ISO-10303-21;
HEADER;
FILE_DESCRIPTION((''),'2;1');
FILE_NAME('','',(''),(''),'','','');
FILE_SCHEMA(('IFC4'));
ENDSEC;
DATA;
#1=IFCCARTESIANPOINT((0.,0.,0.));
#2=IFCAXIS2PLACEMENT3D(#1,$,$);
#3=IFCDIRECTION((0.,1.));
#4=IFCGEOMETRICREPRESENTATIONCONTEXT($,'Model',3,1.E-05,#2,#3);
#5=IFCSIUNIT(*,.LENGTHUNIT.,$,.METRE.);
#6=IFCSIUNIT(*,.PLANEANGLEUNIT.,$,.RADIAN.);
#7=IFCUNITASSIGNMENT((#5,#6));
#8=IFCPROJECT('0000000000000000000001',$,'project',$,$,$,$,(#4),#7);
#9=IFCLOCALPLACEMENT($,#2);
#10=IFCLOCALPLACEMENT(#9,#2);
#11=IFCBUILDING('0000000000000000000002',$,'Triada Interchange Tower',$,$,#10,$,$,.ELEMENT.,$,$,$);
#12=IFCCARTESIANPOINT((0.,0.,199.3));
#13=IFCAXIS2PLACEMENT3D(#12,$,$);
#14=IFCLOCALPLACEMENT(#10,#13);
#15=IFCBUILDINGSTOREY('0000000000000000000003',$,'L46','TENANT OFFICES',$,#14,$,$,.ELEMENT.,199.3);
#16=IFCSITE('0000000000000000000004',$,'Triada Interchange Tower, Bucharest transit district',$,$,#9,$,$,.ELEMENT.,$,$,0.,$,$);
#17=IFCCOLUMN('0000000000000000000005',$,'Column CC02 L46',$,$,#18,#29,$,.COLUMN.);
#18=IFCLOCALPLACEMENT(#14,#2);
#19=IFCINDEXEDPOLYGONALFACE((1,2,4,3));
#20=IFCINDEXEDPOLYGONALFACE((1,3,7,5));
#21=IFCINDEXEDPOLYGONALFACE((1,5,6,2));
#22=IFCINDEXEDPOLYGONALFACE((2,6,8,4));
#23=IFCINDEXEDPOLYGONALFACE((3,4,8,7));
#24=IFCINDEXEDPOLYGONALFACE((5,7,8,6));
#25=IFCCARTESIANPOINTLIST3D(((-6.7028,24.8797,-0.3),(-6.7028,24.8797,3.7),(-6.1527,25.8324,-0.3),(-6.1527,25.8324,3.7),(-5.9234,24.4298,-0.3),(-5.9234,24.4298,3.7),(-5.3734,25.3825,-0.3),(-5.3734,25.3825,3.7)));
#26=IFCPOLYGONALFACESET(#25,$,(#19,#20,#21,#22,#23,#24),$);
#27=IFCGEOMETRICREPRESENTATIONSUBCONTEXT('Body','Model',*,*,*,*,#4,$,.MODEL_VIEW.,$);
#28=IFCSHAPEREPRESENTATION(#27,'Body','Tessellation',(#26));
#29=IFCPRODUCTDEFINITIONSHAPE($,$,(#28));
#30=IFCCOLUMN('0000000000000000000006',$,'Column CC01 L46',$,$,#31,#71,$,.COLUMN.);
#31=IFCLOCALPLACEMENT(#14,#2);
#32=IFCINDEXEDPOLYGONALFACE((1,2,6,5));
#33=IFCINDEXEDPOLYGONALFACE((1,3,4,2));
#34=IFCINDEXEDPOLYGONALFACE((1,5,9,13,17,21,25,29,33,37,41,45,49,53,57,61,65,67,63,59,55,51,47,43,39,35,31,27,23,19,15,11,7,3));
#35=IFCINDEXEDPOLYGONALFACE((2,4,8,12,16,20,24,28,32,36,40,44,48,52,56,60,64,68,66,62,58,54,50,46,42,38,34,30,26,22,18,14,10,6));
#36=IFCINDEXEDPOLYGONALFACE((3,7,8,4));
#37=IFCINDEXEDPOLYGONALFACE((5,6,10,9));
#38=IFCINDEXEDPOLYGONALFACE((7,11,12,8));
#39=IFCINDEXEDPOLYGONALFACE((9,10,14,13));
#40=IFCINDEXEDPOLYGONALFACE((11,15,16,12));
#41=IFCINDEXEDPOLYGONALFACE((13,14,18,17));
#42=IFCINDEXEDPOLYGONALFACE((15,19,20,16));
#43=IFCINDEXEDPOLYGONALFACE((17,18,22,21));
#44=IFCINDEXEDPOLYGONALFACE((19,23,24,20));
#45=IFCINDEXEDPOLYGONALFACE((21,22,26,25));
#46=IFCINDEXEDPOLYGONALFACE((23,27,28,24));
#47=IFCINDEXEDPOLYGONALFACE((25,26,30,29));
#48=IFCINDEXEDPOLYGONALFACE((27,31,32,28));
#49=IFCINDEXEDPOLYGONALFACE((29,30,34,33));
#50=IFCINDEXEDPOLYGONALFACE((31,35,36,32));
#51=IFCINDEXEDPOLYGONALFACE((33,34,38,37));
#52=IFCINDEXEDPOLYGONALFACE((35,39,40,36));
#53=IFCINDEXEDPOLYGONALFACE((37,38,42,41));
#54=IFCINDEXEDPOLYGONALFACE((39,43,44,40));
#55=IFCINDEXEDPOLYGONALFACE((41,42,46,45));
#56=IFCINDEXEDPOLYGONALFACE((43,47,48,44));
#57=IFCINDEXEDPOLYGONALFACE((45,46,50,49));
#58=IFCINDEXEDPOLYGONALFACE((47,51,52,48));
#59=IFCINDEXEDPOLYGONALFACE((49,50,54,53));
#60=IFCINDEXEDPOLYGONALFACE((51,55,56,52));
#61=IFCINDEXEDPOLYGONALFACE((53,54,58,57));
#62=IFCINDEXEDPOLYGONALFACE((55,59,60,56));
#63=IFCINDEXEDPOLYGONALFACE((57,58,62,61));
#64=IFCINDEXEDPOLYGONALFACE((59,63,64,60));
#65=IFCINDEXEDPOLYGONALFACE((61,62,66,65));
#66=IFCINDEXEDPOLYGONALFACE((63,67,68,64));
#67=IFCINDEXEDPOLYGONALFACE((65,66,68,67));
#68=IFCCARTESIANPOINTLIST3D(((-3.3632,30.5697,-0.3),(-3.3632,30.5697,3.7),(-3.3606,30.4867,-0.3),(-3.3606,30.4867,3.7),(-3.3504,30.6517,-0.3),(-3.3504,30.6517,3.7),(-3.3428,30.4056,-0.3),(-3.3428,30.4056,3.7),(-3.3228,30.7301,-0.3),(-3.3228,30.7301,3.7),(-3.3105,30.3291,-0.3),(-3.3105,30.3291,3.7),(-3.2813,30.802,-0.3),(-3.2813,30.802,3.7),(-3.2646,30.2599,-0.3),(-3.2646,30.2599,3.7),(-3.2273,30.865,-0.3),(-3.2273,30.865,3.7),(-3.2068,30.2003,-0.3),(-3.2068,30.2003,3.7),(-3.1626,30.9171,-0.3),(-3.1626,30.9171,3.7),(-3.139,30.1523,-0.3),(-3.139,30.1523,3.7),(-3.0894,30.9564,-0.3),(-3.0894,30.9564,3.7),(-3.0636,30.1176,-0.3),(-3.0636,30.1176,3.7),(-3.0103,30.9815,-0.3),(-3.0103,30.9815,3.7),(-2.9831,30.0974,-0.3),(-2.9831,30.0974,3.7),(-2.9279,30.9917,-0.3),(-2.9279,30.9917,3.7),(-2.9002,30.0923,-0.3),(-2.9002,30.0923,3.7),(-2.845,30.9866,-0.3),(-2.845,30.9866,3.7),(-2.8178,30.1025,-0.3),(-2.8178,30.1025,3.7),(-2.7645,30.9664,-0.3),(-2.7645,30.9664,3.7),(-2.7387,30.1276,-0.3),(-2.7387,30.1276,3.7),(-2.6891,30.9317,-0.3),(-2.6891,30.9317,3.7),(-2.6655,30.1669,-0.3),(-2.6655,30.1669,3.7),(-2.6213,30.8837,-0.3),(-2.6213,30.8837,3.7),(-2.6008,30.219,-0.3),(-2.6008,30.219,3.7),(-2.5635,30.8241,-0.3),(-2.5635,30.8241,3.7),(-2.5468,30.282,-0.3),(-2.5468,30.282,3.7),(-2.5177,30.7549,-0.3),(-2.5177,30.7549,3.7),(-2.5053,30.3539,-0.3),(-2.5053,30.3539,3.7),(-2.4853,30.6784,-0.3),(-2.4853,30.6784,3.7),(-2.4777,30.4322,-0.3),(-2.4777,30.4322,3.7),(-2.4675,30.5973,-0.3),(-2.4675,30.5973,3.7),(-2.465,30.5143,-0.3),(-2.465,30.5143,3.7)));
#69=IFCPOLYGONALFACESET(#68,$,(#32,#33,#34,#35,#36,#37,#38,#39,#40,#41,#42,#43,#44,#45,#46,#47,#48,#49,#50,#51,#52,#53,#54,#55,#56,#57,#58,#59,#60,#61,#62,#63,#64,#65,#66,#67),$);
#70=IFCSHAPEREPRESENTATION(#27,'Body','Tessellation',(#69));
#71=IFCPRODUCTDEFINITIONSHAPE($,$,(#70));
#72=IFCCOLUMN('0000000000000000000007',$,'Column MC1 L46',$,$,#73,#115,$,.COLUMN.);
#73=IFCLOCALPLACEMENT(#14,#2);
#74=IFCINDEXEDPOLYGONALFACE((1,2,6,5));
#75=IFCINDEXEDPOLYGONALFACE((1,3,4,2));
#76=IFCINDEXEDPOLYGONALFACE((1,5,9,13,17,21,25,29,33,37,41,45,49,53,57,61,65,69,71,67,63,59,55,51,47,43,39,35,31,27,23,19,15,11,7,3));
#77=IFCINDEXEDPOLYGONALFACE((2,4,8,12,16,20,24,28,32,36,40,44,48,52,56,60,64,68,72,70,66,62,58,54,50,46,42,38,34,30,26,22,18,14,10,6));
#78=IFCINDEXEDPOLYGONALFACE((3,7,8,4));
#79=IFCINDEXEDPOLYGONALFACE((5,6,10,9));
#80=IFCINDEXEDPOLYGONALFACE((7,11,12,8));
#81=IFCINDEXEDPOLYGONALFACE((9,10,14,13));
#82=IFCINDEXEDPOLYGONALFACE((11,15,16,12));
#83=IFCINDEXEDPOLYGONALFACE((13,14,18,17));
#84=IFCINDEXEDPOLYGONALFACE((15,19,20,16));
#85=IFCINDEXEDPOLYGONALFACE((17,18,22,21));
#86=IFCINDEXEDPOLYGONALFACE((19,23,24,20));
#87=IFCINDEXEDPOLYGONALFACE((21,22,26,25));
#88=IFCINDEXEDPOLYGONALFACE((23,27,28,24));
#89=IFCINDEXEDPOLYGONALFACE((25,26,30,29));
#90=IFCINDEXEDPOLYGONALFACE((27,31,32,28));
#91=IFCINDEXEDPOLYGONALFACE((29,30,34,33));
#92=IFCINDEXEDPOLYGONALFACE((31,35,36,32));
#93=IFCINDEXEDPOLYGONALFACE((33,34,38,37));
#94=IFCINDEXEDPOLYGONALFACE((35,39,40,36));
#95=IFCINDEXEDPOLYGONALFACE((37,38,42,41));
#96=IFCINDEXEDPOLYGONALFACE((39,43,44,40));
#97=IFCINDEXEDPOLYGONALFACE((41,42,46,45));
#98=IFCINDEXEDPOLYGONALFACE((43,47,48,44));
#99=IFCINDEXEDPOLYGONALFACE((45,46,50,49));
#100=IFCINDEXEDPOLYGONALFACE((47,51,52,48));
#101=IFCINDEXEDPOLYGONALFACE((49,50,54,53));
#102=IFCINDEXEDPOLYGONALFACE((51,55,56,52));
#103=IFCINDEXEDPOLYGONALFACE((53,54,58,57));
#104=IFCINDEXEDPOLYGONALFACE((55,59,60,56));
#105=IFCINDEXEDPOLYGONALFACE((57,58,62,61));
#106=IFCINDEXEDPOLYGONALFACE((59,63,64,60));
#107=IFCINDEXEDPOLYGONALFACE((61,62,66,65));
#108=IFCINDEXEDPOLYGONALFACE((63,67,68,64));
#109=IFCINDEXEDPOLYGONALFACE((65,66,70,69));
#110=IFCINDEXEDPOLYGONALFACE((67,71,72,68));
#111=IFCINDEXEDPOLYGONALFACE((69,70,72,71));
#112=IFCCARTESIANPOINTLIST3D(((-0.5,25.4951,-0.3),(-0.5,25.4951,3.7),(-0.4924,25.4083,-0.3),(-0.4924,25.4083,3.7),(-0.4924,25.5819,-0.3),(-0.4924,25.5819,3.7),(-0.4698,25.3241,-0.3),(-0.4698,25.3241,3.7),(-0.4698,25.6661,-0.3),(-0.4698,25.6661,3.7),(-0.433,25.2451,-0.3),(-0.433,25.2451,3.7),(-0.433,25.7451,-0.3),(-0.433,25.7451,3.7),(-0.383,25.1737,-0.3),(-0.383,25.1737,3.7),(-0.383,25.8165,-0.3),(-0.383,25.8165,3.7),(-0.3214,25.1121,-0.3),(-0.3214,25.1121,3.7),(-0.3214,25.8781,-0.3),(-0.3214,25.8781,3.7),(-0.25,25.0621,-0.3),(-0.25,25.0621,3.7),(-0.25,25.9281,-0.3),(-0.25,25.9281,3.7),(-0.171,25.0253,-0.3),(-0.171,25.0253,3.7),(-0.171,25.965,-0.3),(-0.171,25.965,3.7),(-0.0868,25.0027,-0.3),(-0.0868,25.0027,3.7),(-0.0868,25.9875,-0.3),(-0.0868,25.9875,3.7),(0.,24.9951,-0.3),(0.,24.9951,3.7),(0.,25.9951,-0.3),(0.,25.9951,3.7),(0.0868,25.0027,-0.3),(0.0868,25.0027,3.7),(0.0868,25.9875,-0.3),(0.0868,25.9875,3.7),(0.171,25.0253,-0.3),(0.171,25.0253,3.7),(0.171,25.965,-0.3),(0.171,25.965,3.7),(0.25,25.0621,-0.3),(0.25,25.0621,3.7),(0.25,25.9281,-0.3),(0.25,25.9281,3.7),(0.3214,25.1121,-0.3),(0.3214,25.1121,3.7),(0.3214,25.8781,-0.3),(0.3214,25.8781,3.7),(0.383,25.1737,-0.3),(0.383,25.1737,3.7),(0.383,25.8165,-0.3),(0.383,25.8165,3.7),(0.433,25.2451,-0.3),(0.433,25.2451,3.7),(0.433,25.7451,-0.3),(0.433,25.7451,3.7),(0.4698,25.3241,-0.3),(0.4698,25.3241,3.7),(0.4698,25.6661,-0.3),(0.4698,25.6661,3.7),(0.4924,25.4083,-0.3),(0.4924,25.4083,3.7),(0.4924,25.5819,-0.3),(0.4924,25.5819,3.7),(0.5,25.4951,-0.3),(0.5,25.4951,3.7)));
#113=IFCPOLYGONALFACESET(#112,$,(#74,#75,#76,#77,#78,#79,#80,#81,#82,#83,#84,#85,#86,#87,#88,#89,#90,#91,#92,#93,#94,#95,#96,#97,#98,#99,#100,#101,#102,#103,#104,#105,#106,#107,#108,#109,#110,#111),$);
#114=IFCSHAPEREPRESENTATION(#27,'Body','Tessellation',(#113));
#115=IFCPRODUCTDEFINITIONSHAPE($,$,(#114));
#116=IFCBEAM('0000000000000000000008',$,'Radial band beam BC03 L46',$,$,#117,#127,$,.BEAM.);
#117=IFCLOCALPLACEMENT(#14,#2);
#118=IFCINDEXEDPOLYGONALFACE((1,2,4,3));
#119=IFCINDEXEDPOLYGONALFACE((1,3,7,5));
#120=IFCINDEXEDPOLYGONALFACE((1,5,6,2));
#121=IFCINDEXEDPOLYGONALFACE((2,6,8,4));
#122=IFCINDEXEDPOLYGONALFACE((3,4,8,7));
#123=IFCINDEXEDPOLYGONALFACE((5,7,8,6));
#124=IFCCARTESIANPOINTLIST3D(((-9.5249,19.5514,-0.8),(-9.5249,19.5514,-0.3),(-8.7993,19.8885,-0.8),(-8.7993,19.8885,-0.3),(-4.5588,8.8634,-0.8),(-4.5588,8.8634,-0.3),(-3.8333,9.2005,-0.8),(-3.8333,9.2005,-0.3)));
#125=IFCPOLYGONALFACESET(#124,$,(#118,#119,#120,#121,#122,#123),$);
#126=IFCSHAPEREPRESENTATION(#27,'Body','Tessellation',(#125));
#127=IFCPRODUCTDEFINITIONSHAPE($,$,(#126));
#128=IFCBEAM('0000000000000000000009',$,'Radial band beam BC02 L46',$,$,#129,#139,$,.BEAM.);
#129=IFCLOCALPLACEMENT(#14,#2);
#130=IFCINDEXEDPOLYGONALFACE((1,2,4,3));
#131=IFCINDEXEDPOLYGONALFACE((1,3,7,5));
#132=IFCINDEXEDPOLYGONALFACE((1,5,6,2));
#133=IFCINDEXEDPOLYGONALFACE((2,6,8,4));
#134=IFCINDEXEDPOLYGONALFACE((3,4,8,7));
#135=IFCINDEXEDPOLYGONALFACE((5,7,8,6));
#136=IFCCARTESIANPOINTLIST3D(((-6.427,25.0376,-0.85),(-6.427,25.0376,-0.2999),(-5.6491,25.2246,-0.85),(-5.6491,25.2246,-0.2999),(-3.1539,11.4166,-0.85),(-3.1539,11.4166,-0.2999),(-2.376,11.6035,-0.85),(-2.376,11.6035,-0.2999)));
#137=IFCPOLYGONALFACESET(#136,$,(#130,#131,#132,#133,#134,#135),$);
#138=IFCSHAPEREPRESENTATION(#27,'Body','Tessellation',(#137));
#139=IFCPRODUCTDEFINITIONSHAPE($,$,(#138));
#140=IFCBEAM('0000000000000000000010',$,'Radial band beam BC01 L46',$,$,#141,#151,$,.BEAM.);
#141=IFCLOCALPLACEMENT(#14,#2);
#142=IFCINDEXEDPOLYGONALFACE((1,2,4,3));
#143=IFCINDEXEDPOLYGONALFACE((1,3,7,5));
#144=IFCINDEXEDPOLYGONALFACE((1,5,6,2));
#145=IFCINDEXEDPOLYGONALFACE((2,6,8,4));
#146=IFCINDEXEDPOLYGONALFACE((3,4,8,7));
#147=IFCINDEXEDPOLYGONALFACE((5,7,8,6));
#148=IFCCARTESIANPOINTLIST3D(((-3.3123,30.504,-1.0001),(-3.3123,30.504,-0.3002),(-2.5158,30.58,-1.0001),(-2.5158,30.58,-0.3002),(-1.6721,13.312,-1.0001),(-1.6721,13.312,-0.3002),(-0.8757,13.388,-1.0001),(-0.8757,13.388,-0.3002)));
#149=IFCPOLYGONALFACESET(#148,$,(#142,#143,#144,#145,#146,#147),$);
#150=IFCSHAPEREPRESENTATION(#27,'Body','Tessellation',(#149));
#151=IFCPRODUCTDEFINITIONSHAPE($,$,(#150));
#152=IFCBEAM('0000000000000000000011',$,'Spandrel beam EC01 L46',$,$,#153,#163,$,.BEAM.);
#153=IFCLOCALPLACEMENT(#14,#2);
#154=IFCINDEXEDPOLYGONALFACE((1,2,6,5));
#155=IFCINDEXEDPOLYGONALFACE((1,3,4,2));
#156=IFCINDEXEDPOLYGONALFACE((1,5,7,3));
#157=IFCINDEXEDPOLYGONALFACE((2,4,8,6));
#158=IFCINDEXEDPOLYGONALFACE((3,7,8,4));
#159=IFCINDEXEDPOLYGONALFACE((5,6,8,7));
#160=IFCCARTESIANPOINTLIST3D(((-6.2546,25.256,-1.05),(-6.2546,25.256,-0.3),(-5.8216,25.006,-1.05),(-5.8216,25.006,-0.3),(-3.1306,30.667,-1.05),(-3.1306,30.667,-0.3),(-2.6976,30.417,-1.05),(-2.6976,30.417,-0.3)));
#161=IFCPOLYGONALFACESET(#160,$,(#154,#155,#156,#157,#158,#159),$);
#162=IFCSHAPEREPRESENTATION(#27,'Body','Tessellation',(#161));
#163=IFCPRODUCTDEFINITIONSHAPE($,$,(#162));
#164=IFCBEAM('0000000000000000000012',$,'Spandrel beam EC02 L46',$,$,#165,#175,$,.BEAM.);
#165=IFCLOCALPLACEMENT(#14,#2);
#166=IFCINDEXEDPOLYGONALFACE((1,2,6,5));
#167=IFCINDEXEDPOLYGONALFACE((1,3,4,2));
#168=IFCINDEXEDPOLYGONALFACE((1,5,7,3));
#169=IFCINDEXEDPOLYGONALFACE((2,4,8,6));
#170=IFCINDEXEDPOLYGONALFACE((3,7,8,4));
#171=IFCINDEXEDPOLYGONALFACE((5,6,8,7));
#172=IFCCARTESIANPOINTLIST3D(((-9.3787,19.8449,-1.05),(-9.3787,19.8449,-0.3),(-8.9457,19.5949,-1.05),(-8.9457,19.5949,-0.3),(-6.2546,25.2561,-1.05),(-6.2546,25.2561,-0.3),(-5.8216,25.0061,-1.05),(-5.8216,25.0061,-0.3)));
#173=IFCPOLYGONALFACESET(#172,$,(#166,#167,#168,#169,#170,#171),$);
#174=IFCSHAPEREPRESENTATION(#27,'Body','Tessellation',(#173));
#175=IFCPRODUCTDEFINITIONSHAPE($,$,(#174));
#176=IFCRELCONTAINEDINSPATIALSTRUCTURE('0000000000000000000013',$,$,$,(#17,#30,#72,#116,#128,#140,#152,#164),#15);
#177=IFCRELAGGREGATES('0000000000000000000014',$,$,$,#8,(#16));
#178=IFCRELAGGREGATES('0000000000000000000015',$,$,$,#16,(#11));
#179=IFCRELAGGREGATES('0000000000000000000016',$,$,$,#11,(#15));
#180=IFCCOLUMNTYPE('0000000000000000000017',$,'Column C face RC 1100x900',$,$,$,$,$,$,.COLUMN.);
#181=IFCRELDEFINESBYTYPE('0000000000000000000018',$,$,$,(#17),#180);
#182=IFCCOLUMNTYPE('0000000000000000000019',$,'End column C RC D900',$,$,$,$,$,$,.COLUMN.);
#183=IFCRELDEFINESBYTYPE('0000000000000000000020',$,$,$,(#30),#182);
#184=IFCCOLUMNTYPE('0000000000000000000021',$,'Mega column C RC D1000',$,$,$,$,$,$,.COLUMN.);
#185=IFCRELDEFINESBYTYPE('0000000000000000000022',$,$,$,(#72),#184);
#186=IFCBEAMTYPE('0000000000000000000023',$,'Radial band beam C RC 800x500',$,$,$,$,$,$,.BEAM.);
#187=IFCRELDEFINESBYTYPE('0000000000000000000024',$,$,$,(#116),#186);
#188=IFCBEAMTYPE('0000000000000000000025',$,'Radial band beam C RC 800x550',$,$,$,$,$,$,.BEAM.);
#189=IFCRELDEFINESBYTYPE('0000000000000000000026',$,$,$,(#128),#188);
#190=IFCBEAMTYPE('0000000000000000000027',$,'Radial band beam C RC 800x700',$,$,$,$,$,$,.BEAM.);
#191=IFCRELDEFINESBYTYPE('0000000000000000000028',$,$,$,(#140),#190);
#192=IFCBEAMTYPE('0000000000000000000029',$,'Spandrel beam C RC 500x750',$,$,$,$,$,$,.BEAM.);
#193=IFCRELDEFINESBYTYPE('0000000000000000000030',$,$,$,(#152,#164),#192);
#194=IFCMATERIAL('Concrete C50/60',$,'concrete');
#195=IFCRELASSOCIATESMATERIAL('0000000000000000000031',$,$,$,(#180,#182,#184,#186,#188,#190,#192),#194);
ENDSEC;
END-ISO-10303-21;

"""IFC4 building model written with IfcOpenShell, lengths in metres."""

from ifc_helpers import new_model, si_unit, direction, frame, origin, origin_2d, place, context, subcontext, project, spatial, rectangle, circle, extrude, material, material_profile, profile_set, type_object, element, save


model = new_model("IFC4")

# Units and contexts
model_context = context("Model", 3, precision=1e-05, world=origin(), true_north=direction((0.0, 1.0)))
body_context = subcontext(model_context, "Body", "Model", "MODEL_VIEW")
ifc_project = project(units=[si_unit("LENGTHUNIT", "METRE"), si_unit("PLANEANGLEUNIT", "RADIAN")], contexts=[model_context])

# Site, building, storey
site_placement = place(None, origin())
site = spatial("IfcSite", under=ifc_project, at=site_placement, Name="Triada Interchange Tower, Bucharest transit district", CompositionType="ELEMENT", RefElevation=0.0)
building_placement = place(site_placement, origin())
building = spatial("IfcBuilding", under=site, at=building_placement, Name="Triada Interchange Tower", CompositionType="ELEMENT")
storey_placement = place(building_placement, frame((0.0, 0.0, 199.3)))
storey = spatial("IfcBuildingStorey", under=building, at=storey_placement, Name="L46", Description="TENANT OFFICES", CompositionType="ELEMENT", Elevation=199.3)

# Columns
ifc_material_1 = material(Name="Concrete C50/60", Category="concrete")
ifc_material_profile_1 = material_profile(ifc_material_1, rectangle(XDim=1.1001, YDim=0.8999, at=origin_2d()), Name="RC 1100x900")
ifc_profile_set_1 = profile_set([ifc_material_profile_1], Name="Concrete C50/60")
column_type_1 = type_object("IfcColumnType", Name="Column C face RC 1100x900", PredefinedType="COLUMN", material=ifc_profile_set_1)
column_1_placement = place(storey_placement, frame((-6.0381, 25.1311, -0.3), z_axis=(0.0, 0.0, 1.0), x_axis=(0.5, 0.866025, 0.0)))
element("IfcColumn", 1, at=column_1_placement, inside=storey, type_object=column_type_1, Name="Column CC02 L46", PredefinedType="COLUMN", context=body_context, shape_type="SweptSolid", body=[
    extrude(rectangle(XDim=1.1001, YDim=0.8999, at=origin_2d()), origin(), (0.0, 0.0, 1.0), 4.0),
])
ifc_material_profile_2 = material_profile(ifc_material_1, circle(Radius=0.45, at=origin_2d()), Name="RC D900")
ifc_profile_set_2 = profile_set([ifc_material_profile_2], Name="Concrete C50/60")
column_type_2 = type_object("IfcColumnType", Name="End column C RC D900", PredefinedType="COLUMN", material=ifc_profile_set_2)
column_2_placement = place(storey_placement, frame((-2.9141, 30.542, -0.3), z_axis=(0.0, 0.0, 1.0), x_axis=(0.5, 0.866025, 0.0)))
element("IfcColumn", 2, at=column_2_placement, inside=storey, type_object=column_type_2, Name="Column CC01 L46", PredefinedType="COLUMN", context=body_context, shape_type="SweptSolid", body=[
    extrude(circle(Radius=0.45, at=origin_2d()), origin(), (0.0, 0.0, 1.0), 4.0),
])
ifc_material_profile_3 = material_profile(ifc_material_1, circle(Radius=0.5, at=origin_2d()), Name="RC D1000")
ifc_profile_set_3 = profile_set([ifc_material_profile_3], Name="Concrete C50/60")
column_type_3 = type_object("IfcColumnType", Name="Mega column C RC D1000", PredefinedType="COLUMN", material=ifc_profile_set_3)
column_3_placement = place(storey_placement, frame((0.0, 25.4951, -0.3), z_axis=(0.0, 0.0, 1.0), x_axis=(1.0, 0.0, 0.0)))
element("IfcColumn", 3, at=column_3_placement, inside=storey, type_object=column_type_3, Name="Column MC1 L46", PredefinedType="COLUMN", context=body_context, shape_type="SweptSolid", body=[
    extrude(circle(Radius=0.5, at=origin_2d()), origin(), (0.0, 0.0, 1.0), 4.0),
])

# Beams
ifc_material_profile_4 = material_profile(ifc_material_1, rectangle(XDim=0.8, YDim=0.5, at=origin_2d()), Name="RC 800x500")
ifc_profile_set_4 = profile_set([ifc_material_profile_4], Name="Concrete C50/60")
beam_type_1 = type_object("IfcBeamType", Name="Radial band beam C RC 800x500", PredefinedType="BEAM", material=ifc_profile_set_4)
beam_1_placement = place(storey_placement, frame((-9.1621, 19.72, -0.55), z_axis=(0.421375, -0.906886, 0.0), x_axis=(0.906886, 0.421375, 0.0)))
element("IfcBeam", 4, at=beam_1_placement, inside=storey, type_object=beam_type_1, Name="Radial band beam BC03 L46", PredefinedType="BEAM", context=body_context, shape_type="SweptSolid", body=[
    extrude(rectangle(XDim=0.8, YDim=0.5, at=origin_2d()), origin(), (0.0, 0.0, 1.0), 11.7854),
])
ifc_material_profile_5 = material_profile(ifc_material_1, rectangle(XDim=0.8, YDim=0.55, at=origin_2d()), Name="RC 800x550")
ifc_profile_set_5 = profile_set([ifc_material_profile_5], Name="Concrete C50/60")
beam_type_2 = type_object("IfcBeamType", Name="Radial band beam C RC 800x550", PredefinedType="BEAM", material=ifc_profile_set_5)
beam_2_placement = place(storey_placement, frame((-6.0381, 25.1311, -0.575), z_axis=(0.233652, -0.97232, 0.0), x_axis=(0.97232, 0.233652, 0.0)))
element("IfcBeam", 5, at=beam_2_placement, inside=storey, type_object=beam_type_2, Name="Radial band beam BC02 L46", PredefinedType="BEAM", context=body_context, shape_type="SweptSolid", body=[
    extrude(rectangle(XDim=0.8, YDim=0.55, at=origin_2d()), origin(), (0.0, 0.0, 1.0), 14.0088),
])
ifc_material_profile_6 = material_profile(ifc_material_1, rectangle(XDim=0.8, YDim=0.7, at=origin_2d()), Name="RC 800x700")
ifc_profile_set_6 = profile_set([ifc_material_profile_6], Name="Concrete C50/60")
beam_type_3 = type_object("IfcBeamType", Name="Radial band beam C RC 800x700", PredefinedType="BEAM", material=ifc_profile_set_6)
beam_3_placement = place(storey_placement, frame((-2.9141, 30.542, -0.6501), z_axis=(0.094971, -0.99548, 0.0), x_axis=(0.99548, 0.094971, 0.0)))
element("IfcBeam", 6, at=beam_3_placement, inside=storey, type_object=beam_type_3, Name="Radial band beam BC01 L46", PredefinedType="BEAM", context=body_context, shape_type="SweptSolid", body=[
    extrude(rectangle(XDim=0.8, YDim=0.7, at=origin_2d()), origin(), (0.0, 0.0, 1.0), 17.27),
])
ifc_material_profile_7 = material_profile(ifc_material_1, rectangle(XDim=0.5, YDim=0.75, at=origin_2d()), Name="RC 500x750")
ifc_profile_set_7 = profile_set([ifc_material_profile_7], Name="Concrete C50/60")
beam_type_4 = type_object("IfcBeamType", Name="Spandrel beam C RC 500x750", PredefinedType="BEAM", material=ifc_profile_set_7)
beam_4_placement = place(storey_placement, frame((-2.9141, 30.542, -0.675), z_axis=(-0.500005, -0.866022, 0.0), x_axis=(0.866022, -0.500005, 0.0)))
element("IfcBeam", 7, at=beam_4_placement, inside=storey, type_object=beam_type_4, Name="Spandrel beam EC01 L46", PredefinedType="BEAM", context=body_context, shape_type="SweptSolid", body=[
    extrude(rectangle(XDim=0.5, YDim=0.75, at=origin_2d()), origin(), (0.0, 0.0, 1.0), 6.248),
])
beam_5_placement = place(storey_placement, frame((-6.0381, 25.1311, -0.675), z_axis=(-0.499989, -0.866032, 0.0), x_axis=(0.866032, -0.499989, 0.0)))
element("IfcBeam", 8, at=beam_5_placement, inside=storey, type_object=beam_type_4, Name="Spandrel beam EC02 L46", PredefinedType="BEAM", context=body_context, shape_type="SweptSolid", body=[
    extrude(rectangle(XDim=0.5, YDim=0.75, at=origin_2d()), origin(), (0.0, 0.0, 1.0), 6.2483),
])

save(model, "model.ifc")
